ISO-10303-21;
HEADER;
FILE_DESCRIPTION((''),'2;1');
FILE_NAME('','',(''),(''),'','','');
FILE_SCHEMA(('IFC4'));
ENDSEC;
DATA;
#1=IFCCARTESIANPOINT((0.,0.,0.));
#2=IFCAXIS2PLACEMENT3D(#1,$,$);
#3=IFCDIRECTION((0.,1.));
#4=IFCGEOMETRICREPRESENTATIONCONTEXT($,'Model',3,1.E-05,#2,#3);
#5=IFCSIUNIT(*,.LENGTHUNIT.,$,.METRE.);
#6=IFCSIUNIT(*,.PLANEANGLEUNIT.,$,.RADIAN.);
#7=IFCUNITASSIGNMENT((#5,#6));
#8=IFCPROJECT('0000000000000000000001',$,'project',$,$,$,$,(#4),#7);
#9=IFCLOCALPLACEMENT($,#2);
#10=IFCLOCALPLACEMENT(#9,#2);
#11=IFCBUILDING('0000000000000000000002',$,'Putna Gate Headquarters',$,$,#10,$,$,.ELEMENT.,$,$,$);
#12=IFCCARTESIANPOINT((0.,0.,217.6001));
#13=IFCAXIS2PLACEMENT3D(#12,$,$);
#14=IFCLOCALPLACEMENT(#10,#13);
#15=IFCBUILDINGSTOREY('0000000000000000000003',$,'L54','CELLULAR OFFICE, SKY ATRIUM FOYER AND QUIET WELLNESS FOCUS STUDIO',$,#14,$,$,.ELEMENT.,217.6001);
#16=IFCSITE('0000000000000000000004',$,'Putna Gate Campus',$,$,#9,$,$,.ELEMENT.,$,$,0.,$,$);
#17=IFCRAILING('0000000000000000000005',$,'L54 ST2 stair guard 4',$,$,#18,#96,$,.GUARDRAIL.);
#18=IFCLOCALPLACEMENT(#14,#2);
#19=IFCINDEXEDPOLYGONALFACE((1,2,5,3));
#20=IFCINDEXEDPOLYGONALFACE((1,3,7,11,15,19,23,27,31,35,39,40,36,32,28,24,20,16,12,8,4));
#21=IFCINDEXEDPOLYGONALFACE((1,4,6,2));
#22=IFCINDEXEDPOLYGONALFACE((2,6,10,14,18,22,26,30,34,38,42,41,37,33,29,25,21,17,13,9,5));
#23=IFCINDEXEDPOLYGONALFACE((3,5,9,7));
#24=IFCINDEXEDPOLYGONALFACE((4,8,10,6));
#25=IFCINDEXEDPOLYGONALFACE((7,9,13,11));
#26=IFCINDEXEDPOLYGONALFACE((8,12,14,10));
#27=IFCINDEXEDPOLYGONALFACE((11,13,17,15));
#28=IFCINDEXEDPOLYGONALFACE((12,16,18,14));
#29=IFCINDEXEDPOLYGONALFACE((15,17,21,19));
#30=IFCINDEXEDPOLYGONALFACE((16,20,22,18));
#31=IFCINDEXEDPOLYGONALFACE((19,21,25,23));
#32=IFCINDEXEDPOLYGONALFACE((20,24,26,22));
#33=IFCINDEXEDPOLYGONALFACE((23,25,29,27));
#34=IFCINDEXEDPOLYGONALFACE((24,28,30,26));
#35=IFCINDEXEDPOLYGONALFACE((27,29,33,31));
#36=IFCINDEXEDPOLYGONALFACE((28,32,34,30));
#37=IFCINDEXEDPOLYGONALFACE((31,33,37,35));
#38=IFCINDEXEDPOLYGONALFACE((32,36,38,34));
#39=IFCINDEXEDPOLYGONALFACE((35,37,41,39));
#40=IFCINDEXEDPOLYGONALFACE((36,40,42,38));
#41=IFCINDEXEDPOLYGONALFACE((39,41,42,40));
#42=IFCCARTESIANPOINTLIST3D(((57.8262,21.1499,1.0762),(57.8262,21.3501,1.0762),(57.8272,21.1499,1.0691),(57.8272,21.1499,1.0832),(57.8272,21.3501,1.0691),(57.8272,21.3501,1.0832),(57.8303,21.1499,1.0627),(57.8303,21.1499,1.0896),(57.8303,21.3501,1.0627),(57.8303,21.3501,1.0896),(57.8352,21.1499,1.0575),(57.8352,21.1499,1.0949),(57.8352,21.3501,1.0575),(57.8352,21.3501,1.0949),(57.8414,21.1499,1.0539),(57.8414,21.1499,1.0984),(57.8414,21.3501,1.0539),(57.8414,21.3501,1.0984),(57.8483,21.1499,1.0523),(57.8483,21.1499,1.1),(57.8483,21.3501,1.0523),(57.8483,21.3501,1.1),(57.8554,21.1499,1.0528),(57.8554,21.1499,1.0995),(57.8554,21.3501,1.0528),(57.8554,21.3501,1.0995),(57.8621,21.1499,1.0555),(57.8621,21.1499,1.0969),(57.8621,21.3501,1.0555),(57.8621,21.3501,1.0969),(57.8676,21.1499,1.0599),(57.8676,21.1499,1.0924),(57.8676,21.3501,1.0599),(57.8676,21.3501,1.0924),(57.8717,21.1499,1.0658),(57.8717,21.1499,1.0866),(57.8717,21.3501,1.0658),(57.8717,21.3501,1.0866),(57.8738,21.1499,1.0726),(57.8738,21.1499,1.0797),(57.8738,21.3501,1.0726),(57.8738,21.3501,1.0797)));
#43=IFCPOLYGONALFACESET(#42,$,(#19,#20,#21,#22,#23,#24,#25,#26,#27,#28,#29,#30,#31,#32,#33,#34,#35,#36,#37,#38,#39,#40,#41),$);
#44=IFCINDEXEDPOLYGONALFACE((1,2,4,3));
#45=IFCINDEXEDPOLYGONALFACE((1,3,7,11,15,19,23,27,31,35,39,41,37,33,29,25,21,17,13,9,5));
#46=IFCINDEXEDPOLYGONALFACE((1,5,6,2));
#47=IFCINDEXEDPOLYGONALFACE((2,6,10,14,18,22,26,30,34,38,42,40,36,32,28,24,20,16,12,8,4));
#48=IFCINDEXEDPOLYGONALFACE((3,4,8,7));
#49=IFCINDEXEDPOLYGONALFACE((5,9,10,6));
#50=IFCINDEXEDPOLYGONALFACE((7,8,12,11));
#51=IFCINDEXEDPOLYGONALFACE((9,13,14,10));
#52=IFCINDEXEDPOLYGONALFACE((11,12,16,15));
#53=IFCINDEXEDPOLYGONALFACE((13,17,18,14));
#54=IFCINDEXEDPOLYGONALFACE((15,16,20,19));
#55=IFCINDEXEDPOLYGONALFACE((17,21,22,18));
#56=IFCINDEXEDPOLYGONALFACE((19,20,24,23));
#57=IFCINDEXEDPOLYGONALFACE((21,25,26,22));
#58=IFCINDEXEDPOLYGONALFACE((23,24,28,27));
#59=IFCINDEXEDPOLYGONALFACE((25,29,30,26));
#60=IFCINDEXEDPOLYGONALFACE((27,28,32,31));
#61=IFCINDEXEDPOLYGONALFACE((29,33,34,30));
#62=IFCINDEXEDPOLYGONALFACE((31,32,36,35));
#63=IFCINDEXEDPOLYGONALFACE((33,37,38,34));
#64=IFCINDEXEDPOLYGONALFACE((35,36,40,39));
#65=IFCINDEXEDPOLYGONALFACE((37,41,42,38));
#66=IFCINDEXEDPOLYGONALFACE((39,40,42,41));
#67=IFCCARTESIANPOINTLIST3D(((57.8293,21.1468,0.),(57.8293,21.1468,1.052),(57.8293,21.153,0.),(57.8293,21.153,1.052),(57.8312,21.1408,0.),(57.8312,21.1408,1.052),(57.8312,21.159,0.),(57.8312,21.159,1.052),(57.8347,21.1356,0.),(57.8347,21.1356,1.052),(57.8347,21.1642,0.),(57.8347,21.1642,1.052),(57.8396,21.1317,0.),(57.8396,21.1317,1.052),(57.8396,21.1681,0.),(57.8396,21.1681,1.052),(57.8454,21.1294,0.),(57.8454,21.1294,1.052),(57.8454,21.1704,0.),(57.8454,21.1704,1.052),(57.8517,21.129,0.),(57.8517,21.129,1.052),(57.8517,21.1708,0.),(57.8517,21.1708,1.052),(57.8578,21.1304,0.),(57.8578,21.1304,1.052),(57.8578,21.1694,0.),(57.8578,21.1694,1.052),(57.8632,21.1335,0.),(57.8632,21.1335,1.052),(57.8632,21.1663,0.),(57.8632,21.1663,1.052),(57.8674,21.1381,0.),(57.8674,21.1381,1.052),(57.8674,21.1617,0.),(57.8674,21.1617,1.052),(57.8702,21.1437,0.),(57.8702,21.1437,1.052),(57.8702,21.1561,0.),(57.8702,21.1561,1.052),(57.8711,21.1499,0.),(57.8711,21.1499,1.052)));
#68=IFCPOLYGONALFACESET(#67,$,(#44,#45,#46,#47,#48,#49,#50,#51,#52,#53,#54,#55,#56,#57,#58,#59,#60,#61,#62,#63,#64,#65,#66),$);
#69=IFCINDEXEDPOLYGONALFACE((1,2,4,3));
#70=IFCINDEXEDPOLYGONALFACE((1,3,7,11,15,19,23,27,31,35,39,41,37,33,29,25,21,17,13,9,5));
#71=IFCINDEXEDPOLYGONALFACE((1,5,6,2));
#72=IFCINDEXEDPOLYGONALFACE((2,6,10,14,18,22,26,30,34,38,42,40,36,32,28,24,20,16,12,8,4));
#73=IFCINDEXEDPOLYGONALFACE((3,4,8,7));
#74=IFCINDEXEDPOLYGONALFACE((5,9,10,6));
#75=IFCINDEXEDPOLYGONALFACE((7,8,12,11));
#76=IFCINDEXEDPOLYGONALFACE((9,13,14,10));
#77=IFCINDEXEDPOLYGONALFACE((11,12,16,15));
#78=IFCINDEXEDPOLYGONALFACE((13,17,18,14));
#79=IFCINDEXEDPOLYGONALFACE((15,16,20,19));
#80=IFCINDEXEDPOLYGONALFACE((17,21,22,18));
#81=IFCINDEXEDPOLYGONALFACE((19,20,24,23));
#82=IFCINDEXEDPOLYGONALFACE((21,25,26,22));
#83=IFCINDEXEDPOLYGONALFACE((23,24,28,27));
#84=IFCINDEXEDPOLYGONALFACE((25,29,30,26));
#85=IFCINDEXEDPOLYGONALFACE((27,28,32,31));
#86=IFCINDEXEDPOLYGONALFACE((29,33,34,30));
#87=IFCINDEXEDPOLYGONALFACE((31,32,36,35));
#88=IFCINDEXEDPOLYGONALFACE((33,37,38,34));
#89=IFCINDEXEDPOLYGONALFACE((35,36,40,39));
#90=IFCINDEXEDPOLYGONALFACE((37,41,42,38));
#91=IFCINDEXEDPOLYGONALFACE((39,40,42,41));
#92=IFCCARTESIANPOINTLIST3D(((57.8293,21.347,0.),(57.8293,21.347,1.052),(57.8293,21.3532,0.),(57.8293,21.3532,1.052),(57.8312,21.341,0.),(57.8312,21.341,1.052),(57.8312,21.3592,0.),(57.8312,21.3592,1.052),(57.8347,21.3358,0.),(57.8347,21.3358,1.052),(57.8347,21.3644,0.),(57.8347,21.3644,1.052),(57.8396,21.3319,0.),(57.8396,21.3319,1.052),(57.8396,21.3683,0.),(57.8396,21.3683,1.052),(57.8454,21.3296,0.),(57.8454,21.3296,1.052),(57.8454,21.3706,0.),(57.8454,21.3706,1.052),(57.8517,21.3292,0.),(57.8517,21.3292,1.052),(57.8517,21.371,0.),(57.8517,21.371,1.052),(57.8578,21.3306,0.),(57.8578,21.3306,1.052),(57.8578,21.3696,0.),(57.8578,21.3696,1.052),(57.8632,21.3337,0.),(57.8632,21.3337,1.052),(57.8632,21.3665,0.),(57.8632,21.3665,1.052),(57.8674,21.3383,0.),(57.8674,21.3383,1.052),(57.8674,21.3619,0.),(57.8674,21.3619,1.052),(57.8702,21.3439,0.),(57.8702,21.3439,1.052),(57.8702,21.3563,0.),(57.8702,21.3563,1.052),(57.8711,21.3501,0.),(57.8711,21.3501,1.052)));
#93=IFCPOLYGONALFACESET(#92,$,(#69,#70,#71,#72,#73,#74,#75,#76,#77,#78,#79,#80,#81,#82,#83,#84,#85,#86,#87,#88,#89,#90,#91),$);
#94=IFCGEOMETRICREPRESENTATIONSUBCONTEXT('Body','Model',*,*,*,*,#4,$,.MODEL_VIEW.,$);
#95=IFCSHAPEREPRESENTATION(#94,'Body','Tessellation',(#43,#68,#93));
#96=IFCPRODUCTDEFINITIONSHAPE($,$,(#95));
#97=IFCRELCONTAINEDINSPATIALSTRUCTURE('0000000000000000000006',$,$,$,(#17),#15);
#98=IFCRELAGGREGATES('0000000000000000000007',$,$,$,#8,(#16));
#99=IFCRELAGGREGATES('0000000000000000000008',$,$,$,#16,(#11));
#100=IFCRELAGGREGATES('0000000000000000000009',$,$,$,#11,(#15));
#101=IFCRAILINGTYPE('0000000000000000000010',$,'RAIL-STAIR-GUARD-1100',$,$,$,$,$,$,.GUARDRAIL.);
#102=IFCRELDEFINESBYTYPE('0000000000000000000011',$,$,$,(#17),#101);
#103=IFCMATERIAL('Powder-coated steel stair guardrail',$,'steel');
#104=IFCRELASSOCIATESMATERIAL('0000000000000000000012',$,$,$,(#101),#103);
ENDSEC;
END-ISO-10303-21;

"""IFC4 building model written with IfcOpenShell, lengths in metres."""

from ifc_helpers import new_model, si_unit, direction, frame, origin, origin_2d, place, context, subcontext, project, spatial, circle, extrude, material, type_object, element, save


model = new_model("IFC4")

# Units and contexts
model_context = context("Model", 3, precision=1e-05, world=origin(), true_north=direction((0.0, 1.0)))
body_context = subcontext(model_context, "Body", "Model", "MODEL_VIEW")
ifc_project = project(units=[si_unit("LENGTHUNIT", "METRE"), si_unit("PLANEANGLEUNIT", "RADIAN")], contexts=[model_context])

# Site, building, storey
site_placement = place(None, origin())
site = spatial("IfcSite", under=ifc_project, at=site_placement, Name="Putna Gate Campus", CompositionType="ELEMENT", RefElevation=0.0)
building_placement = place(site_placement, origin())
building = spatial("IfcBuilding", under=site, at=building_placement, Name="Putna Gate Headquarters", CompositionType="ELEMENT")
storey_placement = place(building_placement, frame((0.0, 0.0, 217.6001)))
storey = spatial("IfcBuildingStorey", under=building, at=storey_placement, Name="L54", Description="CELLULAR OFFICE, SKY ATRIUM FOYER AND QUIET WELLNESS FOCUS STUDIO", CompositionType="ELEMENT", Elevation=217.6001)

# Railing
ifc_material_1 = material(Name="Powder-coated steel stair guardrail", Category="steel")
railing_type_1 = type_object("IfcRailingType", Name="RAIL-STAIR-GUARD-1100", PredefinedType="GUARDRAIL", material=ifc_material_1)
railing_1_placement = place(storey_placement, frame((57.8501, 21.1499, 0.0)))
element("IfcRailing", 1, at=railing_1_placement, inside=storey, type_object=railing_type_1, Name="L54 ST2 stair guard 4", PredefinedType="GUARDRAIL", context=body_context, shape_type="SweptSolid", body=[
    extrude(circle(Radius=0.0239, at=origin_2d()), frame((0.0, 0.0, 1.0762), z_axis=(0.0, 1.0, 0.0), x_axis=(-1.0, 0.0, 0.0)), (0.0, 0.0, 1.0), 0.2002),
    extrude(circle(Radius=0.021, at=origin_2d()), origin(), (0.0, 0.0, 1.0), 1.052),
    extrude(circle(Radius=0.021, at=origin_2d()), frame((0.0, 0.2002, 0.0)), (0.0, 0.0, 1.0), 1.052),
])

save(model, "model.ifc")
